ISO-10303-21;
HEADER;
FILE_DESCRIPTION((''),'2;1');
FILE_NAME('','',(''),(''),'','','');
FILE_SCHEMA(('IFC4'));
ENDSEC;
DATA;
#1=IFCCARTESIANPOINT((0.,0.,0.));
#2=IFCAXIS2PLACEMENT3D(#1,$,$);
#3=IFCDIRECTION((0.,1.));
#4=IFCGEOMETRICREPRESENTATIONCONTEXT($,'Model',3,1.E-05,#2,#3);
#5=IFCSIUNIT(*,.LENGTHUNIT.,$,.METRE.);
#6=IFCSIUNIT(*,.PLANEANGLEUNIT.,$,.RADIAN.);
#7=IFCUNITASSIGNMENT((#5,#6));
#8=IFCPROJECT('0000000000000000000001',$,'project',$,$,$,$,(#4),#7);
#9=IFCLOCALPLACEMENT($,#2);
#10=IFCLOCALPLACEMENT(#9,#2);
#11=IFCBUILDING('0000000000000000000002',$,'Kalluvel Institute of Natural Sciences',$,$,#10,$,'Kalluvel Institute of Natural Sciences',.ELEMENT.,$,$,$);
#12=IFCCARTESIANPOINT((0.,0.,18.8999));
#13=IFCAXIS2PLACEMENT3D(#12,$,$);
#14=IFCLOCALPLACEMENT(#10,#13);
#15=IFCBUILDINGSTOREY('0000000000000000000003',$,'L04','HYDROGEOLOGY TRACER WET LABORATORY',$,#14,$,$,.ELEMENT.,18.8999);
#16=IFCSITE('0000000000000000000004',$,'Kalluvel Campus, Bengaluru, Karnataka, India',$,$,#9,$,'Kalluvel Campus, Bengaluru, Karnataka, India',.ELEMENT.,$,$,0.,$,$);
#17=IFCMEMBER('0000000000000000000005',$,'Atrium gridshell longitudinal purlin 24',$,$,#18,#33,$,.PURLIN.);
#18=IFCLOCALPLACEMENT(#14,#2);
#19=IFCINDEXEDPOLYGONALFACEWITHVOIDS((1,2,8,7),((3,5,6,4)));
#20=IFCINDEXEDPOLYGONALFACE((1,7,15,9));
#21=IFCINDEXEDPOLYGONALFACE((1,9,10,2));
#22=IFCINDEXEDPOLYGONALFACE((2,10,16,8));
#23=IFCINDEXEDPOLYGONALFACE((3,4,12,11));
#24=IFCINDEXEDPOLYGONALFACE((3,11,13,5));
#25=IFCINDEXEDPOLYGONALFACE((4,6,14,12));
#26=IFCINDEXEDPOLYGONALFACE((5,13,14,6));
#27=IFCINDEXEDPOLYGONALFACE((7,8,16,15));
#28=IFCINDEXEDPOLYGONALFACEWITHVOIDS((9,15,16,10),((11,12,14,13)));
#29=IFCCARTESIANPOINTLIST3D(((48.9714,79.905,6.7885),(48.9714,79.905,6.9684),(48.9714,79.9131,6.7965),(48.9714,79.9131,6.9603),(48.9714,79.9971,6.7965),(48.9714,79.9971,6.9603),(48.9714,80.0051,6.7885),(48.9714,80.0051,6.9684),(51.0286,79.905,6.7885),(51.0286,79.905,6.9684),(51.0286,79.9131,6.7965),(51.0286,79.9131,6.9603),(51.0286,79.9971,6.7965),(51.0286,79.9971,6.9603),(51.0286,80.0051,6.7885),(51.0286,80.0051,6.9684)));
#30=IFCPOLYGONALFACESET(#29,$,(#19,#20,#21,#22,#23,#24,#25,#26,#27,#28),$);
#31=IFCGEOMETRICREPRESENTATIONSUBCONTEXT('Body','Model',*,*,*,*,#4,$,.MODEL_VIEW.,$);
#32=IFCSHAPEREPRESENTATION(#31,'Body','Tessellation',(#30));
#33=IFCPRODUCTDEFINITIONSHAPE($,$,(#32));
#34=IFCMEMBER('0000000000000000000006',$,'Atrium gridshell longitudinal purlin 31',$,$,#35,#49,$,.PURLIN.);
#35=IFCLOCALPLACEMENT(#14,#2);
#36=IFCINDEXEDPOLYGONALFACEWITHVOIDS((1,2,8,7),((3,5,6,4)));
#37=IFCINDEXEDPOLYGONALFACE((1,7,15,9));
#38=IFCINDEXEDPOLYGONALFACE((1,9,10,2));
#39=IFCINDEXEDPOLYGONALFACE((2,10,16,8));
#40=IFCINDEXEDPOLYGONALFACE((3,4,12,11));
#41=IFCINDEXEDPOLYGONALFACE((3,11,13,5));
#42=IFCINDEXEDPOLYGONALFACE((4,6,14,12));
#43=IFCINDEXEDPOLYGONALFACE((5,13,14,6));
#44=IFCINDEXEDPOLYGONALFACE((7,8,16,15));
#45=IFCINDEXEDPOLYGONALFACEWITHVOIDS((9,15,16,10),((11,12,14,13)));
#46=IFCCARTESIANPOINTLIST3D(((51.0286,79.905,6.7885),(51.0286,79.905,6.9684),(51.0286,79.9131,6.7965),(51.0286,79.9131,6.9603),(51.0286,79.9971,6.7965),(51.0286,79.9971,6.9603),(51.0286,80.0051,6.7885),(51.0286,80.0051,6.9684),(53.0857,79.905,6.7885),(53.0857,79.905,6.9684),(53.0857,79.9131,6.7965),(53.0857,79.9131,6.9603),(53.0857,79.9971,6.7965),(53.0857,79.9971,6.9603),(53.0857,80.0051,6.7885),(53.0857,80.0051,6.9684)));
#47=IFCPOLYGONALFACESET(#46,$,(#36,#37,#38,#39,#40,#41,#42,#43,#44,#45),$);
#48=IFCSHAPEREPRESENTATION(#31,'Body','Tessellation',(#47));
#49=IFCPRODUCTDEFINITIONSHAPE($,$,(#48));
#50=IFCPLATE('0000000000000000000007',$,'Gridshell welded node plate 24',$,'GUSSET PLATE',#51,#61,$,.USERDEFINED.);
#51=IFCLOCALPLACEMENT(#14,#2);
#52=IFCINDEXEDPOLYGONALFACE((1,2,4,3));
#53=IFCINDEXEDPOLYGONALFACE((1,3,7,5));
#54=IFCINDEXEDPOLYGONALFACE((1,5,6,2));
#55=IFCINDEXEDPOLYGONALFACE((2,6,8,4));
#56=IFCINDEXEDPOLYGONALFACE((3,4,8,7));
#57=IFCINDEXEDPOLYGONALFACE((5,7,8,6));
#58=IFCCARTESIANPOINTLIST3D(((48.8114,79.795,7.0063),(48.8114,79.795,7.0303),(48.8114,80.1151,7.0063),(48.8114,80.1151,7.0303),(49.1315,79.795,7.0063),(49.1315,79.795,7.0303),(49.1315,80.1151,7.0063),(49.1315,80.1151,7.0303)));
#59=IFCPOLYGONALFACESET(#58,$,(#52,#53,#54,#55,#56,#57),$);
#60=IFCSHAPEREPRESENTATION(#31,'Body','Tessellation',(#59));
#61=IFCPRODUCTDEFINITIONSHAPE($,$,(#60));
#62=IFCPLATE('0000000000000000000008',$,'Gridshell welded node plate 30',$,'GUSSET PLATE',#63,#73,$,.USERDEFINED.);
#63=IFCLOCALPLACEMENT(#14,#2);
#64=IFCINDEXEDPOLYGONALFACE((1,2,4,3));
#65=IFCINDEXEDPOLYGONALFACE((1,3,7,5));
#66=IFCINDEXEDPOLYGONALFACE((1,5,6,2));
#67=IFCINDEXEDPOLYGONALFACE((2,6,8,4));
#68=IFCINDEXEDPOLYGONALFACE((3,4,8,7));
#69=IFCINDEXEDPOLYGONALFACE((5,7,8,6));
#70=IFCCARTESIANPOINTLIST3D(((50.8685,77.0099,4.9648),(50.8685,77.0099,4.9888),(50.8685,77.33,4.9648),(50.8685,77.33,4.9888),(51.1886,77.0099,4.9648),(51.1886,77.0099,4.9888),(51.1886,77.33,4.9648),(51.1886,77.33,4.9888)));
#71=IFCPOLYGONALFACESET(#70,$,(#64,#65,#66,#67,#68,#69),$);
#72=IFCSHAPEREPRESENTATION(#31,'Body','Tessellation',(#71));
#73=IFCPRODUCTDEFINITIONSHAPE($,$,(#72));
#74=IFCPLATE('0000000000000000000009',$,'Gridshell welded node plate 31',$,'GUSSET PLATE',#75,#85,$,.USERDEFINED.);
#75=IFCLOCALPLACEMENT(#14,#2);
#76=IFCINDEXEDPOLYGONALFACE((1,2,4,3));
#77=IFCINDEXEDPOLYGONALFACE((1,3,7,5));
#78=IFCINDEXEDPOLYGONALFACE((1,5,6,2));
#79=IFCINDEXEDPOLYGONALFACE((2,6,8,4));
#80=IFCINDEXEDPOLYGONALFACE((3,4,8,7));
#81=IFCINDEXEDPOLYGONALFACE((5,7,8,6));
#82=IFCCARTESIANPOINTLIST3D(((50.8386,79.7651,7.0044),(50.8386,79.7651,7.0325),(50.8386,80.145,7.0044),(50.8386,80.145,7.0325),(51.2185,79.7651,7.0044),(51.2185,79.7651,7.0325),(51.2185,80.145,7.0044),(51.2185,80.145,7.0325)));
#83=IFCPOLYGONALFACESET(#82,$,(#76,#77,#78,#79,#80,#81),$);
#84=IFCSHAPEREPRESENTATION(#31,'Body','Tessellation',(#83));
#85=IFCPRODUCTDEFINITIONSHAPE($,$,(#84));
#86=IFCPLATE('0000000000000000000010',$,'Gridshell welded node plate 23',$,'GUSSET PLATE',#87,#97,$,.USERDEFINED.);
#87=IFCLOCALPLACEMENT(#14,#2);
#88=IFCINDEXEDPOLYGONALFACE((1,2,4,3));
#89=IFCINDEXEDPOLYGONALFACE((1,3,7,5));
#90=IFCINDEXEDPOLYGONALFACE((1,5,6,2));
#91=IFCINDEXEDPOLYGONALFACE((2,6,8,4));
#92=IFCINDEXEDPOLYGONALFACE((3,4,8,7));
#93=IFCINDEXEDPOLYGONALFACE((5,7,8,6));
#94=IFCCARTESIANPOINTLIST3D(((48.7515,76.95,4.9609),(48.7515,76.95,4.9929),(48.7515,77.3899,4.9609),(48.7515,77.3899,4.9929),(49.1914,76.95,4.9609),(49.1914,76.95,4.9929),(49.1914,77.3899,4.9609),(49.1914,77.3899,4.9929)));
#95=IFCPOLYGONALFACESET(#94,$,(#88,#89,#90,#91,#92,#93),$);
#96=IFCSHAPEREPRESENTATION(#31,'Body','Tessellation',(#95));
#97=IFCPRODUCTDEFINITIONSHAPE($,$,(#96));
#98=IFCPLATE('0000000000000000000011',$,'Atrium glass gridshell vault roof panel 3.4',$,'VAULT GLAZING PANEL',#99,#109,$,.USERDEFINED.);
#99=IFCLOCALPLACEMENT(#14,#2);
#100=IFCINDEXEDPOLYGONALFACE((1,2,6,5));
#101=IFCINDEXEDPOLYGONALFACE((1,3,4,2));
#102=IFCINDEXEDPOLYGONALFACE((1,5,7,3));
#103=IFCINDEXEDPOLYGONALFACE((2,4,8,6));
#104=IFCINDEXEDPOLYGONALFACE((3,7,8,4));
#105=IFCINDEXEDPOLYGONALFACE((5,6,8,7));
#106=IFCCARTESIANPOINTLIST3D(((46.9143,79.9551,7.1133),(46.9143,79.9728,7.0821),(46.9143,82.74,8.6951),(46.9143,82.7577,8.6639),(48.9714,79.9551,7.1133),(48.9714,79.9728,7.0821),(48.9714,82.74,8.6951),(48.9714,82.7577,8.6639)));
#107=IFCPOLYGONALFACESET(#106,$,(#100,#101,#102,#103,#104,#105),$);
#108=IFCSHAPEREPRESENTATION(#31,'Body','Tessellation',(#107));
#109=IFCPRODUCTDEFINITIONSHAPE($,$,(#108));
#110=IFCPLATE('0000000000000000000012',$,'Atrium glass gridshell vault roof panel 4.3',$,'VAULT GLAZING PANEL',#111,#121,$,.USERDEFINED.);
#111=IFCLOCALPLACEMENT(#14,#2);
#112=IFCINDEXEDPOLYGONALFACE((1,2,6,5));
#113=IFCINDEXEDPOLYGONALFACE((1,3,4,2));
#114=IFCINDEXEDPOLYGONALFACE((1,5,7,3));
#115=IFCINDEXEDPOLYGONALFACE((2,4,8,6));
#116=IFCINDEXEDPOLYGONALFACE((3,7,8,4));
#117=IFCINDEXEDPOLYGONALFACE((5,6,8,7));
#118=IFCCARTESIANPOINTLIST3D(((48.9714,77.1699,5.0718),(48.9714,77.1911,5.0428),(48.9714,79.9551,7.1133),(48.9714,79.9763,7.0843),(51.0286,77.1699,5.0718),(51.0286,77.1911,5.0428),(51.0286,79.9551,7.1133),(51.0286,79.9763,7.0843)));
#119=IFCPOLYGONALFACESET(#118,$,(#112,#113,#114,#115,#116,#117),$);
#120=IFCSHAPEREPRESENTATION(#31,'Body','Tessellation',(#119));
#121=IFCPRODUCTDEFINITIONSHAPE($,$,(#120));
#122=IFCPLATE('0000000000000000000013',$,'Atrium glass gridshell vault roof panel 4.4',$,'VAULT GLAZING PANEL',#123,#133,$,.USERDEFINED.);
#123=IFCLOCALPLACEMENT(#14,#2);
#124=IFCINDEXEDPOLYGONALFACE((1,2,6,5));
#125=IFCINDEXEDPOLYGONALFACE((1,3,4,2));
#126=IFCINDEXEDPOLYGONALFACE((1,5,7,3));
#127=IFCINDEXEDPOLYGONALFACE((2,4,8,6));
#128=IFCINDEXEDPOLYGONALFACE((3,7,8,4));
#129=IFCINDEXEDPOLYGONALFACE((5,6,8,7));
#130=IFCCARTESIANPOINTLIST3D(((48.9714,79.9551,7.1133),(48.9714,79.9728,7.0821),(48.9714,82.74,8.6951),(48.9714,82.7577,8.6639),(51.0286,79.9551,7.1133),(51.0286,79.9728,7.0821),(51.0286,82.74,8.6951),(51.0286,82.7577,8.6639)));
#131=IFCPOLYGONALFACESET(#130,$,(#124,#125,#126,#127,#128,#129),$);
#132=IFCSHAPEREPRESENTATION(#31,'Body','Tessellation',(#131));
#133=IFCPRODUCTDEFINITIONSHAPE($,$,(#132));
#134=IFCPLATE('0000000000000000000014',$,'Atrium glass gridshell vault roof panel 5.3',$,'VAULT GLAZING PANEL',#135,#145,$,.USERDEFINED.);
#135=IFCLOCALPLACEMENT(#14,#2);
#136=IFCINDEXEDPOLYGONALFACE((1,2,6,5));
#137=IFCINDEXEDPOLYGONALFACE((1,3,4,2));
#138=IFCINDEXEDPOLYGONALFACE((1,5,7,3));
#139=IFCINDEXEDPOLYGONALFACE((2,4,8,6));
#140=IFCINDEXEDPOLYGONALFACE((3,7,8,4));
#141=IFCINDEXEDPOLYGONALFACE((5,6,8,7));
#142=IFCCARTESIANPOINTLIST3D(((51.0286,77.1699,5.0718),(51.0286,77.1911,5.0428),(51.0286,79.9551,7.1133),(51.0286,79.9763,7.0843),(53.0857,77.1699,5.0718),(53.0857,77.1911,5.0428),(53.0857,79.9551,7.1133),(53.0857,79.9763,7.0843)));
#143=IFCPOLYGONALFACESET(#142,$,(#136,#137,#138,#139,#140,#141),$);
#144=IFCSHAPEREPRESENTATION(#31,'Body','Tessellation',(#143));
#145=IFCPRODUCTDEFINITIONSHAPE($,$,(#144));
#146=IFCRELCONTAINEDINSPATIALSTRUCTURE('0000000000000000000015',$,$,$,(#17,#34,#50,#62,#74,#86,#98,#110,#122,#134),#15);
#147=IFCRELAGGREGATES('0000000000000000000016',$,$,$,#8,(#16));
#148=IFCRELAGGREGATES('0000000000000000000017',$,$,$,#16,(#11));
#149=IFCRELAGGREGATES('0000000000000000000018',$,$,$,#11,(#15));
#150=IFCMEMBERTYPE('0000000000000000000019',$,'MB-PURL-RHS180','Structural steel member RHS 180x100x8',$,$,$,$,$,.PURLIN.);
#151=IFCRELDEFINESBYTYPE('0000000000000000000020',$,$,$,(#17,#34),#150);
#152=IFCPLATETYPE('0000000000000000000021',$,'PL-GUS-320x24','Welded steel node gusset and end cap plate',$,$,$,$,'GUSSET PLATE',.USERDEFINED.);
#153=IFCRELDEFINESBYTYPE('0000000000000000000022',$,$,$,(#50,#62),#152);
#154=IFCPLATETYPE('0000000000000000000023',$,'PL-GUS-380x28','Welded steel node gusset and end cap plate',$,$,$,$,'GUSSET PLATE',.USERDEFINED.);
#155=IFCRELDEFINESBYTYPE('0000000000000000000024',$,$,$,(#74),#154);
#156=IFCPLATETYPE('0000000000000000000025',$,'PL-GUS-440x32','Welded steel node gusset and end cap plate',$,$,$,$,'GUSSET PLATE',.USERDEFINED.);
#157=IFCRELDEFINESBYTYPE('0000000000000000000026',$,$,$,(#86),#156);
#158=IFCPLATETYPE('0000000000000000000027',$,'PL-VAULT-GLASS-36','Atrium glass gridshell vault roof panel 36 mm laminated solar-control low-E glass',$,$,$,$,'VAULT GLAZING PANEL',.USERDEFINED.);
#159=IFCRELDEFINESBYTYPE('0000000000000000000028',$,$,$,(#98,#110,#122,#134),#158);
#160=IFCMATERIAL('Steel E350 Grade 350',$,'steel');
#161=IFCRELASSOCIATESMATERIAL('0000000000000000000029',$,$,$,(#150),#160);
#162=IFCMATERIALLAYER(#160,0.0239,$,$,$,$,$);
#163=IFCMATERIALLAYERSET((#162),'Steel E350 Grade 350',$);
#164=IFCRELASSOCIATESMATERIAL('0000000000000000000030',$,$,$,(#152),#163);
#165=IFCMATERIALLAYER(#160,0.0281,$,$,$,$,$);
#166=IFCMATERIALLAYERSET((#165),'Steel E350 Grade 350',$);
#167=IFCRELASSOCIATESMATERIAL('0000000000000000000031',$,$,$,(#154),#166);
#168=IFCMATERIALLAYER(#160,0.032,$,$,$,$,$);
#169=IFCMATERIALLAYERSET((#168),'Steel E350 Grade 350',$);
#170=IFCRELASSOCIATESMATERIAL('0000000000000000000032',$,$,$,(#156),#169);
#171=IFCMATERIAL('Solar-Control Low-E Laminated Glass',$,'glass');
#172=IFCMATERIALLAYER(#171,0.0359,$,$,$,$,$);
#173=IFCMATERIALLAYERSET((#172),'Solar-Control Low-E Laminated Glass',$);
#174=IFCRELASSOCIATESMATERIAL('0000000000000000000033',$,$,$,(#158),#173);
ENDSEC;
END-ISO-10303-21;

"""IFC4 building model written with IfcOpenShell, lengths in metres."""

from ifc_helpers import new_model, si_unit, direction, frame, origin, origin_2d, place, context, subcontext, project, spatial, polyline, rectangle, hollow_rectangle, outline, extrude, material, layer, layer_set, material_profile, profile_set, type_object, element, save


model = new_model("IFC4")

# Units and contexts
model_context = context("Model", 3, precision=1e-05, world=origin(), true_north=direction((0.0, 1.0)))
body_context = subcontext(model_context, "Body", "Model", "MODEL_VIEW")
ifc_project = project(units=[si_unit("LENGTHUNIT", "METRE"), si_unit("PLANEANGLEUNIT", "RADIAN")], contexts=[model_context])

# Site, building, storey
site_placement = place(None, origin())
site = spatial("IfcSite", under=ifc_project, at=site_placement, Name="Kalluvel Campus, Bengaluru, Karnataka, India", LongName="Kalluvel Campus, Bengaluru, Karnataka, India", CompositionType="ELEMENT", RefElevation=0.0)
building_placement = place(site_placement, origin())
building = spatial("IfcBuilding", under=site, at=building_placement, Name="Kalluvel Institute of Natural Sciences", LongName="Kalluvel Institute of Natural Sciences", CompositionType="ELEMENT")
storey_placement = place(building_placement, frame((0.0, 0.0, 18.8999)))
storey = spatial("IfcBuildingStorey", under=building, at=storey_placement, Name="L04", Description="HYDROGEOLOGY TRACER WET LABORATORY", CompositionType="ELEMENT", Elevation=18.8999)

# Members
ifc_material_1 = material(Name="Steel E350 Grade 350", Category="steel")
ifc_material_profile_1 = material_profile(ifc_material_1, hollow_rectangle(XDim=0.1001, YDim=0.1799, WallThickness=0.0081, at=origin_2d()), Name="RHS 180x100x8")
ifc_profile_set_1 = profile_set([ifc_material_profile_1], Name="Steel E350 Grade 350")
member_type_1 = type_object("IfcMemberType", Name="MB-PURL-RHS180", Description="Structural steel member RHS 180x100x8", PredefinedType="PURLIN", material=ifc_profile_set_1)
for number, where, z_axis, x_axis, name in (
    (1, (48.9714, 79.9551, 6.8784), (1.0, 0.0, 0.0), (0.0, 1.0, 0.0), "Atrium gridshell longitudinal purlin 24"),
    (2, (51.0286, 79.9551, 6.8784), (1.0, 0.0, 0.0), (0.0, 1.0, 0.0), "Atrium gridshell longitudinal purlin 31"),
):
    element("IfcMember", number, at=place(storey_placement, frame(where, z_axis=z_axis, x_axis=x_axis)), inside=storey, type_object=member_type_1, Name=name, PredefinedType="PURLIN", context=body_context, shape_type="SweptSolid", body=[
        extrude(hollow_rectangle(XDim=0.1001, YDim=0.1799, WallThickness=0.0081, at=origin_2d()), origin(), (0.0, 0.0, 1.0), 2.0571),
    ])

# Plates
ifc_layer_1 = layer(ifc_material_1, 0.0239)
ifc_layer_set_1 = layer_set([ifc_layer_1], Name="Steel E350 Grade 350")
plate_type_1 = type_object("IfcPlateType", Name="PL-GUS-320x24", Description="Welded steel node gusset and end cap plate", ElementType="GUSSET PLATE", PredefinedType="USERDEFINED", material=ifc_layer_set_1)
for number, where, z_axis, x_axis, name in (
    (3, (48.9714, 79.9551, 7.0063), (0.0, 0.0, 1.0), (1.0, 0.0, 0.0), "Gridshell welded node plate 24"),
    (4, (51.0286, 77.1699, 4.9648), (0.0, 0.0, 1.0), (1.0, 0.0, 0.0), "Gridshell welded node plate 30"),
):
    element("IfcPlate", number, at=place(storey_placement, frame(where, z_axis=z_axis, x_axis=x_axis)), inside=storey, type_object=plate_type_1, Name=name, ObjectType="GUSSET PLATE", PredefinedType="USERDEFINED", context=body_context, shape_type="SweptSolid", body=[
        extrude(rectangle(XDim=0.3201, YDim=0.3201, at=origin_2d()), origin(), (0.0, 0.0, 1.0), 0.0239),
    ])
ifc_layer_2 = layer(ifc_material_1, 0.0281)
ifc_layer_set_2 = layer_set([ifc_layer_2], Name="Steel E350 Grade 350")
plate_type_2 = type_object("IfcPlateType", Name="PL-GUS-380x28", Description="Welded steel node gusset and end cap plate", ElementType="GUSSET PLATE", PredefinedType="USERDEFINED", material=ifc_layer_set_2)
plate_1_placement = place(storey_placement, frame((51.0286, 79.9551, 7.0044), z_axis=(0.0, 0.0, 1.0), x_axis=(1.0, 0.0, 0.0)))
element("IfcPlate", 5, at=plate_1_placement, inside=storey, type_object=plate_type_2, Name="Gridshell welded node plate 31", ObjectType="GUSSET PLATE", PredefinedType="USERDEFINED", context=body_context, shape_type="SweptSolid", body=[
    extrude(rectangle(XDim=0.3799, YDim=0.3799, at=origin_2d()), origin(), (0.0, 0.0, 1.0), 0.0281),
])
ifc_layer_3 = layer(ifc_material_1, 0.032)
ifc_layer_set_3 = layer_set([ifc_layer_3], Name="Steel E350 Grade 350")
plate_type_3 = type_object("IfcPlateType", Name="PL-GUS-440x32", Description="Welded steel node gusset and end cap plate", ElementType="GUSSET PLATE", PredefinedType="USERDEFINED", material=ifc_layer_set_3)
plate_2_placement = place(storey_placement, frame((48.9714, 77.1699, 4.9609), z_axis=(0.0, 0.0, 1.0), x_axis=(1.0, 0.0, 0.0)))
element("IfcPlate", 6, at=plate_2_placement, inside=storey, type_object=plate_type_3, Name="Gridshell welded node plate 23", ObjectType="GUSSET PLATE", PredefinedType="USERDEFINED", context=body_context, shape_type="SweptSolid", body=[
    extrude(rectangle(XDim=0.4399, YDim=0.4399, at=origin_2d()), origin(), (0.0, 0.0, 1.0), 0.032),
])
ifc_material_2 = material(Name="Solar-Control Low-E Laminated Glass", Category="glass")
ifc_layer_4 = layer(ifc_material_2, 0.0359)
ifc_layer_set_4 = layer_set([ifc_layer_4], Name="Solar-Control Low-E Laminated Glass")
plate_type_4 = type_object("IfcPlateType", Name="PL-VAULT-GLASS-36", Description="Atrium glass gridshell vault roof panel 36 mm laminated solar-control low-E glass", ElementType="VAULT GLAZING PANEL", PredefinedType="USERDEFINED", material=ifc_layer_set_4)
plate_3_placement = place(storey_placement, frame((46.9143, 79.9551, 7.1133), z_axis=(0.0, -0.49388, 0.86953), x_axis=(1.0, 0.0, 0.0)))
element("IfcPlate", 7, at=plate_3_placement, inside=storey, type_object=plate_type_4, Name="Atrium glass gridshell vault roof panel 3.4", ObjectType="VAULT GLAZING PANEL", PredefinedType="USERDEFINED", context=body_context, shape_type="SweptSolid", body=[
    extrude(outline(polyline([(0.0, 0.0), (2.0571, 0.0), (2.0571, 3.2028), (0.0, 3.2028), (0.0, 0.0)])), origin(), (0.0, 0.0, -1.0), 0.0359),
])
plate_4_placement = place(storey_placement, frame((48.9714, 77.1699, 5.0718), z_axis=(0.0, -0.591186, 0.806535), x_axis=(1.0, 0.0, 0.0)))
element("IfcPlate", 8, at=plate_4_placement, inside=storey, type_object=plate_type_4, Name="Atrium glass gridshell vault roof panel 4.3", ObjectType="VAULT GLAZING PANEL", PredefinedType="USERDEFINED", context=body_context, shape_type="SweptSolid", body=[
    extrude(outline(polyline([(0.0, 0.0), (2.0571, 0.0), (2.0571, 3.4532), (0.0, 3.4532), (0.0, 0.0)])), origin(), (0.0, 0.0, -1.0), 0.0359),
])
plate_5_placement = place(storey_placement, frame((48.9714, 79.9551, 7.1133), z_axis=(0.0, -0.49388, 0.86953), x_axis=(1.0, 0.0, 0.0)))
element("IfcPlate", 9, at=plate_5_placement, inside=storey, type_object=plate_type_4, Name="Atrium glass gridshell vault roof panel 4.4", ObjectType="VAULT GLAZING PANEL", PredefinedType="USERDEFINED", context=body_context, shape_type="SweptSolid", body=[
    extrude(outline(polyline([(0.0, 0.0), (2.0571, 0.0), (2.0571, 3.2028), (0.0, 3.2028), (0.0, 0.0)])), origin(), (0.0, 0.0, -1.0), 0.0359),
])
plate_6_placement = place(storey_placement, frame((51.0286, 77.1699, 5.0718), z_axis=(0.0, -0.591186, 0.806535), x_axis=(1.0, 0.0, 0.0)))
element("IfcPlate", 10, at=plate_6_placement, inside=storey, type_object=plate_type_4, Name="Atrium glass gridshell vault roof panel 5.3", ObjectType="VAULT GLAZING PANEL", PredefinedType="USERDEFINED", context=body_context, shape_type="SweptSolid", body=[
    extrude(outline(polyline([(0.0, 0.0), (2.0571, 0.0), (2.0571, 3.4532), (0.0, 3.4532), (0.0, 0.0)])), origin(), (0.0, 0.0, -1.0), 0.0359),
])

save(model, "model.ifc")
